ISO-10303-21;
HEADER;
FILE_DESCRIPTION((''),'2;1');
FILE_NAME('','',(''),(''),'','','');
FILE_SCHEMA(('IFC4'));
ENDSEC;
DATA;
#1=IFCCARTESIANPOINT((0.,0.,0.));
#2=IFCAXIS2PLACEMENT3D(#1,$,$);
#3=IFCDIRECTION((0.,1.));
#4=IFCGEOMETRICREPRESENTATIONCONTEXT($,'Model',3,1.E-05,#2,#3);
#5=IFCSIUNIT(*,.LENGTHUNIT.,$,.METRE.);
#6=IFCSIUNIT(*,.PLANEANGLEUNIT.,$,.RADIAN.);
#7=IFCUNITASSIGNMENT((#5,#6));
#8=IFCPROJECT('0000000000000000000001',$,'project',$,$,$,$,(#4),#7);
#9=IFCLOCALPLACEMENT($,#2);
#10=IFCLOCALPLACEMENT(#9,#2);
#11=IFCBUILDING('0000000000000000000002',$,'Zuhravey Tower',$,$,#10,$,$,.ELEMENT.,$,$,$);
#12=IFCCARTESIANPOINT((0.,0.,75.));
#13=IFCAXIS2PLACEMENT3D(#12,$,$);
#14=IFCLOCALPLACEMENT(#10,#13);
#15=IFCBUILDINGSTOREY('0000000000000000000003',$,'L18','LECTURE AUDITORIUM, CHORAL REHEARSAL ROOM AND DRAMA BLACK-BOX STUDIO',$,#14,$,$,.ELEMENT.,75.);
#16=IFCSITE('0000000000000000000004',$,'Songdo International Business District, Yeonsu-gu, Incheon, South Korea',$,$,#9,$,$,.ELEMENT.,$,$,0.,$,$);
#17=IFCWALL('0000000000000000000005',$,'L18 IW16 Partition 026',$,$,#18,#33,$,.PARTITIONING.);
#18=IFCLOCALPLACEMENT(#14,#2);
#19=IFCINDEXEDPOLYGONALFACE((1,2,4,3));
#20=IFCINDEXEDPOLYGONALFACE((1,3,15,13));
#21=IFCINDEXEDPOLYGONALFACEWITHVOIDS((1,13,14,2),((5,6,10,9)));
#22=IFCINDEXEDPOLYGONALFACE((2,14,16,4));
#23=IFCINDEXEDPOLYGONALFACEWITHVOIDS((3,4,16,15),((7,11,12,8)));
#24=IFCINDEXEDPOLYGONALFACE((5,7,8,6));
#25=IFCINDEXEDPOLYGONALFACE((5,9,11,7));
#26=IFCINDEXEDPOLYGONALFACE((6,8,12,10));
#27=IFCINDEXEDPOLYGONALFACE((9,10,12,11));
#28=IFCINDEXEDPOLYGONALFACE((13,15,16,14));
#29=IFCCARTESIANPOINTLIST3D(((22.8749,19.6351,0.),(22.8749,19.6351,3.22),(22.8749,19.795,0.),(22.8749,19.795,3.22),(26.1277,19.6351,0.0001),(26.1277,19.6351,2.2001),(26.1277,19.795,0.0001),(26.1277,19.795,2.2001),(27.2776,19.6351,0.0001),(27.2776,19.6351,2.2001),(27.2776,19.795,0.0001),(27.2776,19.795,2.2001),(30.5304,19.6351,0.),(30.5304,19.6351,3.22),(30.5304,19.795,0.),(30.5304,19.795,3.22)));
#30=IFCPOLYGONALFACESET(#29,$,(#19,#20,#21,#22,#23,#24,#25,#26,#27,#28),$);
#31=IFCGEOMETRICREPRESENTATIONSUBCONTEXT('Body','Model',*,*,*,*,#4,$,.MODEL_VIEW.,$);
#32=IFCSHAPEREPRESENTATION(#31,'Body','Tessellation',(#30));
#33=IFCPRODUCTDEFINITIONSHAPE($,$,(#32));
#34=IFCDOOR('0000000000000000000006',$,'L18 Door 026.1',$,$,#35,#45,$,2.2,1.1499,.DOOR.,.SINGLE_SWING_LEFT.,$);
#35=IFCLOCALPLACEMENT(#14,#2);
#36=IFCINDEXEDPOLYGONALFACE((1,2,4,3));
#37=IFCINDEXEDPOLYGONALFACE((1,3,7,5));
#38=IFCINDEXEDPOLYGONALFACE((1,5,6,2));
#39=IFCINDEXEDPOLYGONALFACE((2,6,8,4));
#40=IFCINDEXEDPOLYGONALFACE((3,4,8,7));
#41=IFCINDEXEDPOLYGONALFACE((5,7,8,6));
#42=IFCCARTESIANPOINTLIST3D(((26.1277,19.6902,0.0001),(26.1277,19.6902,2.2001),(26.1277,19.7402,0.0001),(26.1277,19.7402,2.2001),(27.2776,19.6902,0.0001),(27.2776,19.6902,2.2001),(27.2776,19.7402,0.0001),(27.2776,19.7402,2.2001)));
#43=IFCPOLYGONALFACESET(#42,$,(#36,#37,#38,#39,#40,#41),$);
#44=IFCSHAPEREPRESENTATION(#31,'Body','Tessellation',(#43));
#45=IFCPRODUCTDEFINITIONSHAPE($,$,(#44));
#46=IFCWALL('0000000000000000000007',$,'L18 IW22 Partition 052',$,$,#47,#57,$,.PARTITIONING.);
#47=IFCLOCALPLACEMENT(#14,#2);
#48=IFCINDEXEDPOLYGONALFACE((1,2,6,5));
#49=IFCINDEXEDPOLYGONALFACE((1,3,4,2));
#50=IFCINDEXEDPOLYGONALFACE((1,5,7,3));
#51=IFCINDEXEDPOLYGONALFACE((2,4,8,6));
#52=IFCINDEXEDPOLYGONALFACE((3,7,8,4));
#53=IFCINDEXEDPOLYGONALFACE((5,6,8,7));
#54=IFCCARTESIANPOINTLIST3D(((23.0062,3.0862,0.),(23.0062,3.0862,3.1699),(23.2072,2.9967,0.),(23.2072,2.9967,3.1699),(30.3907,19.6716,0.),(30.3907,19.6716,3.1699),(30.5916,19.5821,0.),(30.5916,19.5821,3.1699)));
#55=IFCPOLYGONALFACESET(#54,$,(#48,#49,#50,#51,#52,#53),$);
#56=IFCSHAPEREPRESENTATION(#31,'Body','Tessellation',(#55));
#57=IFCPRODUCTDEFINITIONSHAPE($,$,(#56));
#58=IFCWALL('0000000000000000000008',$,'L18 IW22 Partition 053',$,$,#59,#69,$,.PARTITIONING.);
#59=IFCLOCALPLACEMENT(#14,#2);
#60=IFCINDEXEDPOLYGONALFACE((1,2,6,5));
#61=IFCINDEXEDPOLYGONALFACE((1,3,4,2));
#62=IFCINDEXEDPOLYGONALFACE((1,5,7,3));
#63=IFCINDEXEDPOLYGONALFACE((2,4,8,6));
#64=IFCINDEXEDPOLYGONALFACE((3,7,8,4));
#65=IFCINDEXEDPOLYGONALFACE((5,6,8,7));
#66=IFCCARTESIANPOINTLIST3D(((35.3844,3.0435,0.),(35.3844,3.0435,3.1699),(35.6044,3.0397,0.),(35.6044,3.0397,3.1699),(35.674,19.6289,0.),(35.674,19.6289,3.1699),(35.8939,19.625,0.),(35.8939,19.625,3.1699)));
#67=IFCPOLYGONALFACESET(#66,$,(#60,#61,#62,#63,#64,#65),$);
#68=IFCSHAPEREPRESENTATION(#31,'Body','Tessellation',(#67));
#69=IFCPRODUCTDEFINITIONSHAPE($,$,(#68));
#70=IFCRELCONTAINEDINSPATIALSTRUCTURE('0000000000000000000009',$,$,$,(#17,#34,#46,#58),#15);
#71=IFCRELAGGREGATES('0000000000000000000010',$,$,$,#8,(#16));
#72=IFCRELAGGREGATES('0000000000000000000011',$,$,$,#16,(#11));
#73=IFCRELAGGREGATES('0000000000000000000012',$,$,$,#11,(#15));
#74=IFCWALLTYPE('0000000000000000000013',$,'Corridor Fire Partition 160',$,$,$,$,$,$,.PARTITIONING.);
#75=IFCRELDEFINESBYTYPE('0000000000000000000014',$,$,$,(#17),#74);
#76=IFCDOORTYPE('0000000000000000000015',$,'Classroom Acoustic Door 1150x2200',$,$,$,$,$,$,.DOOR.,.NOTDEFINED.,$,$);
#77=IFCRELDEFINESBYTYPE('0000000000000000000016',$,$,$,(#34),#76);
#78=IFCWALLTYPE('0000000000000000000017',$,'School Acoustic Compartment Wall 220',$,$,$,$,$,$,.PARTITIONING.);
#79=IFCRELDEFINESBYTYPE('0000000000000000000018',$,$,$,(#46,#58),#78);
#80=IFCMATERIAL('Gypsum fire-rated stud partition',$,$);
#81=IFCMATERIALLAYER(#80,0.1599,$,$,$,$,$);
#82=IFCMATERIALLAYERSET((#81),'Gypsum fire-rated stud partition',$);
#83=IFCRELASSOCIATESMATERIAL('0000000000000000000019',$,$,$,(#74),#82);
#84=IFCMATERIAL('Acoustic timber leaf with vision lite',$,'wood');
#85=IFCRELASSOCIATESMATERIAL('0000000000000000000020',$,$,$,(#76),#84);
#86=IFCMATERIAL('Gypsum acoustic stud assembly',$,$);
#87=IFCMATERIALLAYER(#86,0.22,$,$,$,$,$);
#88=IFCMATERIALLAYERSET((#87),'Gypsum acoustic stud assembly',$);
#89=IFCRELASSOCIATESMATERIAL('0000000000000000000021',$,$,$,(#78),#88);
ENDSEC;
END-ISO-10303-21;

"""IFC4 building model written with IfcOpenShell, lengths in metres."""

from ifc_helpers import new_model, si_unit, direction, frame, frame_2d, origin, place, context, subcontext, project, spatial, rectangle, extrude, material, layer, layer_set, type_object, element, fill, save


model = new_model("IFC4")

# Units and contexts
model_context = context("Model", 3, precision=1e-05, world=origin(), true_north=direction((0.0, 1.0)))
body_context = subcontext(model_context, "Body", "Model", "MODEL_VIEW")
ifc_project = project(units=[si_unit("LENGTHUNIT", "METRE"), si_unit("PLANEANGLEUNIT", "RADIAN")], contexts=[model_context])

# Site, building, storey
site_placement = place(None, origin())
site = spatial("IfcSite", under=ifc_project, at=site_placement, Name="Songdo International Business District, Yeonsu-gu, Incheon, South Korea", CompositionType="ELEMENT", RefElevation=0.0)
building_placement = place(site_placement, origin())
building = spatial("IfcBuilding", under=site, at=building_placement, Name="Zuhravey Tower", CompositionType="ELEMENT")
storey_placement = place(building_placement, frame((0.0, 0.0, 75.0)))
storey = spatial("IfcBuildingStorey", under=building, at=storey_placement, Name="L18", Description="LECTURE AUDITORIUM, CHORAL REHEARSAL ROOM AND DRAMA BLACK-BOX STUDIO", CompositionType="ELEMENT", Elevation=75.0)

# Wall, opening, door
ifc_material_1 = material(Name="Gypsum fire-rated stud partition")
ifc_layer_1 = layer(ifc_material_1, 0.1599)
ifc_layer_set_1 = layer_set([ifc_layer_1], Name="Gypsum fire-rated stud partition")
wall_type_1 = type_object("IfcWallType", Name="Corridor Fire Partition 160", PredefinedType="PARTITIONING", material=ifc_layer_set_1)
wall_1_placement = place(storey_placement, frame((22.875, 19.7151, 0.0), z_axis=(0.0, 0.0, 1.0), x_axis=(1.0, 0.0, 0.0)))
wall_1 = element("IfcWall", 1, at=wall_1_placement, inside=storey, type_object=wall_type_1, Name="L18 IW16 Partition 026", PredefinedType="PARTITIONING", context=body_context, shape_type="SweptSolid", body=[
    extrude(rectangle(XDim=7.6555, YDim=0.1599, at=frame_2d((3.8276, 0.0))), origin(), (0.0, 0.0, 1.0), 3.22),
])
opening_placement = place(wall_1_placement, frame((3.2527, 0.0, 0.0)))
opening = element("IfcOpeningElement", 2, at=opening_placement, cuts=wall_1, PredefinedType="OPENING", context=body_context, shape_type="SweptSolid", body=[
    extrude(rectangle(XDim=1.1499, YDim=2.2, at=frame_2d((0.575, 1.1001))), frame((0.0, 0.092, 0.0), z_axis=(0.0, -1.0, 0.0), x_axis=(1.0, 0.0, 0.0)), (0.0, 0.0, 1.0), 0.1838),
])
ifc_material_2 = material(Name="Acoustic timber leaf with vision lite", Category="wood")
door_type = type_object("IfcDoorType", Name="Classroom Acoustic Door 1150x2200", OperationType="NOTDEFINED", PredefinedType="DOOR", material=ifc_material_2)
door_placement = place(opening_placement, frame((1.1499, 0.0, 0.0), z_axis=(0.0, 0.0, 1.0), x_axis=(-1.0, 0.0, 0.0)))
door = element("IfcDoor", 3, at=door_placement, inside=storey, type_object=door_type, Name="L18 Door 026.1", OperationType="SINGLE_SWING_LEFT", OverallHeight=2.2, OverallWidth=1.1499, PredefinedType="DOOR", context=body_context, shape_type="SweptSolid", body=[
    extrude(rectangle(XDim=1.1499, YDim=2.2, at=frame_2d((0.575, 1.1001))), frame((0.0, 0.0249, 0.0), z_axis=(0.0, -1.0, 0.0), x_axis=(1.0, 0.0, 0.0)), (0.0, 0.0, 1.0), 0.05),
])
fill(opening, door)

# Walls
ifc_material_3 = material(Name="Gypsum acoustic stud assembly")
ifc_layer_2 = layer(ifc_material_3, 0.22)
ifc_layer_set_2 = layer_set([ifc_layer_2], Name="Gypsum acoustic stud assembly")
wall_type_2 = type_object("IfcWallType", Name="School Acoustic Compartment Wall 220", PredefinedType="PARTITIONING", material=ifc_layer_set_2)
wall_2_placement = place(storey_placement, frame((30.4912, 19.627, 0.0), z_axis=(0.0, 0.0, 1.0), x_axis=(-0.406746, -0.913541, 0.0)))
element("IfcWall", 4, at=wall_2_placement, inside=storey, type_object=wall_type_2, Name="L18 IW22 Partition 052", PredefinedType="PARTITIONING", context=body_context, shape_type="SweptSolid", body=[
    extrude(rectangle(XDim=18.155, YDim=0.22, at=frame_2d((9.0776, 0.0))), origin(), (0.0, 0.0, 1.0), 3.1699),
])
wall_3_placement = place(storey_placement, frame((35.7839, 19.627, 0.0), z_axis=(0.0, 0.0, 1.0), x_axis=(-0.017455, -0.999848, 0.0)))
element("IfcWall", 5, at=wall_3_placement, inside=storey, type_object=wall_type_2, Name="L18 IW22 Partition 053", PredefinedType="PARTITIONING", context=body_context, shape_type="SweptSolid", body=[
    extrude(rectangle(XDim=16.5879, YDim=0.22, at=frame_2d((8.2939, 0.0))), origin(), (0.0, 0.0, 1.0), 3.1699),
])

save(model, "model.ifc")
